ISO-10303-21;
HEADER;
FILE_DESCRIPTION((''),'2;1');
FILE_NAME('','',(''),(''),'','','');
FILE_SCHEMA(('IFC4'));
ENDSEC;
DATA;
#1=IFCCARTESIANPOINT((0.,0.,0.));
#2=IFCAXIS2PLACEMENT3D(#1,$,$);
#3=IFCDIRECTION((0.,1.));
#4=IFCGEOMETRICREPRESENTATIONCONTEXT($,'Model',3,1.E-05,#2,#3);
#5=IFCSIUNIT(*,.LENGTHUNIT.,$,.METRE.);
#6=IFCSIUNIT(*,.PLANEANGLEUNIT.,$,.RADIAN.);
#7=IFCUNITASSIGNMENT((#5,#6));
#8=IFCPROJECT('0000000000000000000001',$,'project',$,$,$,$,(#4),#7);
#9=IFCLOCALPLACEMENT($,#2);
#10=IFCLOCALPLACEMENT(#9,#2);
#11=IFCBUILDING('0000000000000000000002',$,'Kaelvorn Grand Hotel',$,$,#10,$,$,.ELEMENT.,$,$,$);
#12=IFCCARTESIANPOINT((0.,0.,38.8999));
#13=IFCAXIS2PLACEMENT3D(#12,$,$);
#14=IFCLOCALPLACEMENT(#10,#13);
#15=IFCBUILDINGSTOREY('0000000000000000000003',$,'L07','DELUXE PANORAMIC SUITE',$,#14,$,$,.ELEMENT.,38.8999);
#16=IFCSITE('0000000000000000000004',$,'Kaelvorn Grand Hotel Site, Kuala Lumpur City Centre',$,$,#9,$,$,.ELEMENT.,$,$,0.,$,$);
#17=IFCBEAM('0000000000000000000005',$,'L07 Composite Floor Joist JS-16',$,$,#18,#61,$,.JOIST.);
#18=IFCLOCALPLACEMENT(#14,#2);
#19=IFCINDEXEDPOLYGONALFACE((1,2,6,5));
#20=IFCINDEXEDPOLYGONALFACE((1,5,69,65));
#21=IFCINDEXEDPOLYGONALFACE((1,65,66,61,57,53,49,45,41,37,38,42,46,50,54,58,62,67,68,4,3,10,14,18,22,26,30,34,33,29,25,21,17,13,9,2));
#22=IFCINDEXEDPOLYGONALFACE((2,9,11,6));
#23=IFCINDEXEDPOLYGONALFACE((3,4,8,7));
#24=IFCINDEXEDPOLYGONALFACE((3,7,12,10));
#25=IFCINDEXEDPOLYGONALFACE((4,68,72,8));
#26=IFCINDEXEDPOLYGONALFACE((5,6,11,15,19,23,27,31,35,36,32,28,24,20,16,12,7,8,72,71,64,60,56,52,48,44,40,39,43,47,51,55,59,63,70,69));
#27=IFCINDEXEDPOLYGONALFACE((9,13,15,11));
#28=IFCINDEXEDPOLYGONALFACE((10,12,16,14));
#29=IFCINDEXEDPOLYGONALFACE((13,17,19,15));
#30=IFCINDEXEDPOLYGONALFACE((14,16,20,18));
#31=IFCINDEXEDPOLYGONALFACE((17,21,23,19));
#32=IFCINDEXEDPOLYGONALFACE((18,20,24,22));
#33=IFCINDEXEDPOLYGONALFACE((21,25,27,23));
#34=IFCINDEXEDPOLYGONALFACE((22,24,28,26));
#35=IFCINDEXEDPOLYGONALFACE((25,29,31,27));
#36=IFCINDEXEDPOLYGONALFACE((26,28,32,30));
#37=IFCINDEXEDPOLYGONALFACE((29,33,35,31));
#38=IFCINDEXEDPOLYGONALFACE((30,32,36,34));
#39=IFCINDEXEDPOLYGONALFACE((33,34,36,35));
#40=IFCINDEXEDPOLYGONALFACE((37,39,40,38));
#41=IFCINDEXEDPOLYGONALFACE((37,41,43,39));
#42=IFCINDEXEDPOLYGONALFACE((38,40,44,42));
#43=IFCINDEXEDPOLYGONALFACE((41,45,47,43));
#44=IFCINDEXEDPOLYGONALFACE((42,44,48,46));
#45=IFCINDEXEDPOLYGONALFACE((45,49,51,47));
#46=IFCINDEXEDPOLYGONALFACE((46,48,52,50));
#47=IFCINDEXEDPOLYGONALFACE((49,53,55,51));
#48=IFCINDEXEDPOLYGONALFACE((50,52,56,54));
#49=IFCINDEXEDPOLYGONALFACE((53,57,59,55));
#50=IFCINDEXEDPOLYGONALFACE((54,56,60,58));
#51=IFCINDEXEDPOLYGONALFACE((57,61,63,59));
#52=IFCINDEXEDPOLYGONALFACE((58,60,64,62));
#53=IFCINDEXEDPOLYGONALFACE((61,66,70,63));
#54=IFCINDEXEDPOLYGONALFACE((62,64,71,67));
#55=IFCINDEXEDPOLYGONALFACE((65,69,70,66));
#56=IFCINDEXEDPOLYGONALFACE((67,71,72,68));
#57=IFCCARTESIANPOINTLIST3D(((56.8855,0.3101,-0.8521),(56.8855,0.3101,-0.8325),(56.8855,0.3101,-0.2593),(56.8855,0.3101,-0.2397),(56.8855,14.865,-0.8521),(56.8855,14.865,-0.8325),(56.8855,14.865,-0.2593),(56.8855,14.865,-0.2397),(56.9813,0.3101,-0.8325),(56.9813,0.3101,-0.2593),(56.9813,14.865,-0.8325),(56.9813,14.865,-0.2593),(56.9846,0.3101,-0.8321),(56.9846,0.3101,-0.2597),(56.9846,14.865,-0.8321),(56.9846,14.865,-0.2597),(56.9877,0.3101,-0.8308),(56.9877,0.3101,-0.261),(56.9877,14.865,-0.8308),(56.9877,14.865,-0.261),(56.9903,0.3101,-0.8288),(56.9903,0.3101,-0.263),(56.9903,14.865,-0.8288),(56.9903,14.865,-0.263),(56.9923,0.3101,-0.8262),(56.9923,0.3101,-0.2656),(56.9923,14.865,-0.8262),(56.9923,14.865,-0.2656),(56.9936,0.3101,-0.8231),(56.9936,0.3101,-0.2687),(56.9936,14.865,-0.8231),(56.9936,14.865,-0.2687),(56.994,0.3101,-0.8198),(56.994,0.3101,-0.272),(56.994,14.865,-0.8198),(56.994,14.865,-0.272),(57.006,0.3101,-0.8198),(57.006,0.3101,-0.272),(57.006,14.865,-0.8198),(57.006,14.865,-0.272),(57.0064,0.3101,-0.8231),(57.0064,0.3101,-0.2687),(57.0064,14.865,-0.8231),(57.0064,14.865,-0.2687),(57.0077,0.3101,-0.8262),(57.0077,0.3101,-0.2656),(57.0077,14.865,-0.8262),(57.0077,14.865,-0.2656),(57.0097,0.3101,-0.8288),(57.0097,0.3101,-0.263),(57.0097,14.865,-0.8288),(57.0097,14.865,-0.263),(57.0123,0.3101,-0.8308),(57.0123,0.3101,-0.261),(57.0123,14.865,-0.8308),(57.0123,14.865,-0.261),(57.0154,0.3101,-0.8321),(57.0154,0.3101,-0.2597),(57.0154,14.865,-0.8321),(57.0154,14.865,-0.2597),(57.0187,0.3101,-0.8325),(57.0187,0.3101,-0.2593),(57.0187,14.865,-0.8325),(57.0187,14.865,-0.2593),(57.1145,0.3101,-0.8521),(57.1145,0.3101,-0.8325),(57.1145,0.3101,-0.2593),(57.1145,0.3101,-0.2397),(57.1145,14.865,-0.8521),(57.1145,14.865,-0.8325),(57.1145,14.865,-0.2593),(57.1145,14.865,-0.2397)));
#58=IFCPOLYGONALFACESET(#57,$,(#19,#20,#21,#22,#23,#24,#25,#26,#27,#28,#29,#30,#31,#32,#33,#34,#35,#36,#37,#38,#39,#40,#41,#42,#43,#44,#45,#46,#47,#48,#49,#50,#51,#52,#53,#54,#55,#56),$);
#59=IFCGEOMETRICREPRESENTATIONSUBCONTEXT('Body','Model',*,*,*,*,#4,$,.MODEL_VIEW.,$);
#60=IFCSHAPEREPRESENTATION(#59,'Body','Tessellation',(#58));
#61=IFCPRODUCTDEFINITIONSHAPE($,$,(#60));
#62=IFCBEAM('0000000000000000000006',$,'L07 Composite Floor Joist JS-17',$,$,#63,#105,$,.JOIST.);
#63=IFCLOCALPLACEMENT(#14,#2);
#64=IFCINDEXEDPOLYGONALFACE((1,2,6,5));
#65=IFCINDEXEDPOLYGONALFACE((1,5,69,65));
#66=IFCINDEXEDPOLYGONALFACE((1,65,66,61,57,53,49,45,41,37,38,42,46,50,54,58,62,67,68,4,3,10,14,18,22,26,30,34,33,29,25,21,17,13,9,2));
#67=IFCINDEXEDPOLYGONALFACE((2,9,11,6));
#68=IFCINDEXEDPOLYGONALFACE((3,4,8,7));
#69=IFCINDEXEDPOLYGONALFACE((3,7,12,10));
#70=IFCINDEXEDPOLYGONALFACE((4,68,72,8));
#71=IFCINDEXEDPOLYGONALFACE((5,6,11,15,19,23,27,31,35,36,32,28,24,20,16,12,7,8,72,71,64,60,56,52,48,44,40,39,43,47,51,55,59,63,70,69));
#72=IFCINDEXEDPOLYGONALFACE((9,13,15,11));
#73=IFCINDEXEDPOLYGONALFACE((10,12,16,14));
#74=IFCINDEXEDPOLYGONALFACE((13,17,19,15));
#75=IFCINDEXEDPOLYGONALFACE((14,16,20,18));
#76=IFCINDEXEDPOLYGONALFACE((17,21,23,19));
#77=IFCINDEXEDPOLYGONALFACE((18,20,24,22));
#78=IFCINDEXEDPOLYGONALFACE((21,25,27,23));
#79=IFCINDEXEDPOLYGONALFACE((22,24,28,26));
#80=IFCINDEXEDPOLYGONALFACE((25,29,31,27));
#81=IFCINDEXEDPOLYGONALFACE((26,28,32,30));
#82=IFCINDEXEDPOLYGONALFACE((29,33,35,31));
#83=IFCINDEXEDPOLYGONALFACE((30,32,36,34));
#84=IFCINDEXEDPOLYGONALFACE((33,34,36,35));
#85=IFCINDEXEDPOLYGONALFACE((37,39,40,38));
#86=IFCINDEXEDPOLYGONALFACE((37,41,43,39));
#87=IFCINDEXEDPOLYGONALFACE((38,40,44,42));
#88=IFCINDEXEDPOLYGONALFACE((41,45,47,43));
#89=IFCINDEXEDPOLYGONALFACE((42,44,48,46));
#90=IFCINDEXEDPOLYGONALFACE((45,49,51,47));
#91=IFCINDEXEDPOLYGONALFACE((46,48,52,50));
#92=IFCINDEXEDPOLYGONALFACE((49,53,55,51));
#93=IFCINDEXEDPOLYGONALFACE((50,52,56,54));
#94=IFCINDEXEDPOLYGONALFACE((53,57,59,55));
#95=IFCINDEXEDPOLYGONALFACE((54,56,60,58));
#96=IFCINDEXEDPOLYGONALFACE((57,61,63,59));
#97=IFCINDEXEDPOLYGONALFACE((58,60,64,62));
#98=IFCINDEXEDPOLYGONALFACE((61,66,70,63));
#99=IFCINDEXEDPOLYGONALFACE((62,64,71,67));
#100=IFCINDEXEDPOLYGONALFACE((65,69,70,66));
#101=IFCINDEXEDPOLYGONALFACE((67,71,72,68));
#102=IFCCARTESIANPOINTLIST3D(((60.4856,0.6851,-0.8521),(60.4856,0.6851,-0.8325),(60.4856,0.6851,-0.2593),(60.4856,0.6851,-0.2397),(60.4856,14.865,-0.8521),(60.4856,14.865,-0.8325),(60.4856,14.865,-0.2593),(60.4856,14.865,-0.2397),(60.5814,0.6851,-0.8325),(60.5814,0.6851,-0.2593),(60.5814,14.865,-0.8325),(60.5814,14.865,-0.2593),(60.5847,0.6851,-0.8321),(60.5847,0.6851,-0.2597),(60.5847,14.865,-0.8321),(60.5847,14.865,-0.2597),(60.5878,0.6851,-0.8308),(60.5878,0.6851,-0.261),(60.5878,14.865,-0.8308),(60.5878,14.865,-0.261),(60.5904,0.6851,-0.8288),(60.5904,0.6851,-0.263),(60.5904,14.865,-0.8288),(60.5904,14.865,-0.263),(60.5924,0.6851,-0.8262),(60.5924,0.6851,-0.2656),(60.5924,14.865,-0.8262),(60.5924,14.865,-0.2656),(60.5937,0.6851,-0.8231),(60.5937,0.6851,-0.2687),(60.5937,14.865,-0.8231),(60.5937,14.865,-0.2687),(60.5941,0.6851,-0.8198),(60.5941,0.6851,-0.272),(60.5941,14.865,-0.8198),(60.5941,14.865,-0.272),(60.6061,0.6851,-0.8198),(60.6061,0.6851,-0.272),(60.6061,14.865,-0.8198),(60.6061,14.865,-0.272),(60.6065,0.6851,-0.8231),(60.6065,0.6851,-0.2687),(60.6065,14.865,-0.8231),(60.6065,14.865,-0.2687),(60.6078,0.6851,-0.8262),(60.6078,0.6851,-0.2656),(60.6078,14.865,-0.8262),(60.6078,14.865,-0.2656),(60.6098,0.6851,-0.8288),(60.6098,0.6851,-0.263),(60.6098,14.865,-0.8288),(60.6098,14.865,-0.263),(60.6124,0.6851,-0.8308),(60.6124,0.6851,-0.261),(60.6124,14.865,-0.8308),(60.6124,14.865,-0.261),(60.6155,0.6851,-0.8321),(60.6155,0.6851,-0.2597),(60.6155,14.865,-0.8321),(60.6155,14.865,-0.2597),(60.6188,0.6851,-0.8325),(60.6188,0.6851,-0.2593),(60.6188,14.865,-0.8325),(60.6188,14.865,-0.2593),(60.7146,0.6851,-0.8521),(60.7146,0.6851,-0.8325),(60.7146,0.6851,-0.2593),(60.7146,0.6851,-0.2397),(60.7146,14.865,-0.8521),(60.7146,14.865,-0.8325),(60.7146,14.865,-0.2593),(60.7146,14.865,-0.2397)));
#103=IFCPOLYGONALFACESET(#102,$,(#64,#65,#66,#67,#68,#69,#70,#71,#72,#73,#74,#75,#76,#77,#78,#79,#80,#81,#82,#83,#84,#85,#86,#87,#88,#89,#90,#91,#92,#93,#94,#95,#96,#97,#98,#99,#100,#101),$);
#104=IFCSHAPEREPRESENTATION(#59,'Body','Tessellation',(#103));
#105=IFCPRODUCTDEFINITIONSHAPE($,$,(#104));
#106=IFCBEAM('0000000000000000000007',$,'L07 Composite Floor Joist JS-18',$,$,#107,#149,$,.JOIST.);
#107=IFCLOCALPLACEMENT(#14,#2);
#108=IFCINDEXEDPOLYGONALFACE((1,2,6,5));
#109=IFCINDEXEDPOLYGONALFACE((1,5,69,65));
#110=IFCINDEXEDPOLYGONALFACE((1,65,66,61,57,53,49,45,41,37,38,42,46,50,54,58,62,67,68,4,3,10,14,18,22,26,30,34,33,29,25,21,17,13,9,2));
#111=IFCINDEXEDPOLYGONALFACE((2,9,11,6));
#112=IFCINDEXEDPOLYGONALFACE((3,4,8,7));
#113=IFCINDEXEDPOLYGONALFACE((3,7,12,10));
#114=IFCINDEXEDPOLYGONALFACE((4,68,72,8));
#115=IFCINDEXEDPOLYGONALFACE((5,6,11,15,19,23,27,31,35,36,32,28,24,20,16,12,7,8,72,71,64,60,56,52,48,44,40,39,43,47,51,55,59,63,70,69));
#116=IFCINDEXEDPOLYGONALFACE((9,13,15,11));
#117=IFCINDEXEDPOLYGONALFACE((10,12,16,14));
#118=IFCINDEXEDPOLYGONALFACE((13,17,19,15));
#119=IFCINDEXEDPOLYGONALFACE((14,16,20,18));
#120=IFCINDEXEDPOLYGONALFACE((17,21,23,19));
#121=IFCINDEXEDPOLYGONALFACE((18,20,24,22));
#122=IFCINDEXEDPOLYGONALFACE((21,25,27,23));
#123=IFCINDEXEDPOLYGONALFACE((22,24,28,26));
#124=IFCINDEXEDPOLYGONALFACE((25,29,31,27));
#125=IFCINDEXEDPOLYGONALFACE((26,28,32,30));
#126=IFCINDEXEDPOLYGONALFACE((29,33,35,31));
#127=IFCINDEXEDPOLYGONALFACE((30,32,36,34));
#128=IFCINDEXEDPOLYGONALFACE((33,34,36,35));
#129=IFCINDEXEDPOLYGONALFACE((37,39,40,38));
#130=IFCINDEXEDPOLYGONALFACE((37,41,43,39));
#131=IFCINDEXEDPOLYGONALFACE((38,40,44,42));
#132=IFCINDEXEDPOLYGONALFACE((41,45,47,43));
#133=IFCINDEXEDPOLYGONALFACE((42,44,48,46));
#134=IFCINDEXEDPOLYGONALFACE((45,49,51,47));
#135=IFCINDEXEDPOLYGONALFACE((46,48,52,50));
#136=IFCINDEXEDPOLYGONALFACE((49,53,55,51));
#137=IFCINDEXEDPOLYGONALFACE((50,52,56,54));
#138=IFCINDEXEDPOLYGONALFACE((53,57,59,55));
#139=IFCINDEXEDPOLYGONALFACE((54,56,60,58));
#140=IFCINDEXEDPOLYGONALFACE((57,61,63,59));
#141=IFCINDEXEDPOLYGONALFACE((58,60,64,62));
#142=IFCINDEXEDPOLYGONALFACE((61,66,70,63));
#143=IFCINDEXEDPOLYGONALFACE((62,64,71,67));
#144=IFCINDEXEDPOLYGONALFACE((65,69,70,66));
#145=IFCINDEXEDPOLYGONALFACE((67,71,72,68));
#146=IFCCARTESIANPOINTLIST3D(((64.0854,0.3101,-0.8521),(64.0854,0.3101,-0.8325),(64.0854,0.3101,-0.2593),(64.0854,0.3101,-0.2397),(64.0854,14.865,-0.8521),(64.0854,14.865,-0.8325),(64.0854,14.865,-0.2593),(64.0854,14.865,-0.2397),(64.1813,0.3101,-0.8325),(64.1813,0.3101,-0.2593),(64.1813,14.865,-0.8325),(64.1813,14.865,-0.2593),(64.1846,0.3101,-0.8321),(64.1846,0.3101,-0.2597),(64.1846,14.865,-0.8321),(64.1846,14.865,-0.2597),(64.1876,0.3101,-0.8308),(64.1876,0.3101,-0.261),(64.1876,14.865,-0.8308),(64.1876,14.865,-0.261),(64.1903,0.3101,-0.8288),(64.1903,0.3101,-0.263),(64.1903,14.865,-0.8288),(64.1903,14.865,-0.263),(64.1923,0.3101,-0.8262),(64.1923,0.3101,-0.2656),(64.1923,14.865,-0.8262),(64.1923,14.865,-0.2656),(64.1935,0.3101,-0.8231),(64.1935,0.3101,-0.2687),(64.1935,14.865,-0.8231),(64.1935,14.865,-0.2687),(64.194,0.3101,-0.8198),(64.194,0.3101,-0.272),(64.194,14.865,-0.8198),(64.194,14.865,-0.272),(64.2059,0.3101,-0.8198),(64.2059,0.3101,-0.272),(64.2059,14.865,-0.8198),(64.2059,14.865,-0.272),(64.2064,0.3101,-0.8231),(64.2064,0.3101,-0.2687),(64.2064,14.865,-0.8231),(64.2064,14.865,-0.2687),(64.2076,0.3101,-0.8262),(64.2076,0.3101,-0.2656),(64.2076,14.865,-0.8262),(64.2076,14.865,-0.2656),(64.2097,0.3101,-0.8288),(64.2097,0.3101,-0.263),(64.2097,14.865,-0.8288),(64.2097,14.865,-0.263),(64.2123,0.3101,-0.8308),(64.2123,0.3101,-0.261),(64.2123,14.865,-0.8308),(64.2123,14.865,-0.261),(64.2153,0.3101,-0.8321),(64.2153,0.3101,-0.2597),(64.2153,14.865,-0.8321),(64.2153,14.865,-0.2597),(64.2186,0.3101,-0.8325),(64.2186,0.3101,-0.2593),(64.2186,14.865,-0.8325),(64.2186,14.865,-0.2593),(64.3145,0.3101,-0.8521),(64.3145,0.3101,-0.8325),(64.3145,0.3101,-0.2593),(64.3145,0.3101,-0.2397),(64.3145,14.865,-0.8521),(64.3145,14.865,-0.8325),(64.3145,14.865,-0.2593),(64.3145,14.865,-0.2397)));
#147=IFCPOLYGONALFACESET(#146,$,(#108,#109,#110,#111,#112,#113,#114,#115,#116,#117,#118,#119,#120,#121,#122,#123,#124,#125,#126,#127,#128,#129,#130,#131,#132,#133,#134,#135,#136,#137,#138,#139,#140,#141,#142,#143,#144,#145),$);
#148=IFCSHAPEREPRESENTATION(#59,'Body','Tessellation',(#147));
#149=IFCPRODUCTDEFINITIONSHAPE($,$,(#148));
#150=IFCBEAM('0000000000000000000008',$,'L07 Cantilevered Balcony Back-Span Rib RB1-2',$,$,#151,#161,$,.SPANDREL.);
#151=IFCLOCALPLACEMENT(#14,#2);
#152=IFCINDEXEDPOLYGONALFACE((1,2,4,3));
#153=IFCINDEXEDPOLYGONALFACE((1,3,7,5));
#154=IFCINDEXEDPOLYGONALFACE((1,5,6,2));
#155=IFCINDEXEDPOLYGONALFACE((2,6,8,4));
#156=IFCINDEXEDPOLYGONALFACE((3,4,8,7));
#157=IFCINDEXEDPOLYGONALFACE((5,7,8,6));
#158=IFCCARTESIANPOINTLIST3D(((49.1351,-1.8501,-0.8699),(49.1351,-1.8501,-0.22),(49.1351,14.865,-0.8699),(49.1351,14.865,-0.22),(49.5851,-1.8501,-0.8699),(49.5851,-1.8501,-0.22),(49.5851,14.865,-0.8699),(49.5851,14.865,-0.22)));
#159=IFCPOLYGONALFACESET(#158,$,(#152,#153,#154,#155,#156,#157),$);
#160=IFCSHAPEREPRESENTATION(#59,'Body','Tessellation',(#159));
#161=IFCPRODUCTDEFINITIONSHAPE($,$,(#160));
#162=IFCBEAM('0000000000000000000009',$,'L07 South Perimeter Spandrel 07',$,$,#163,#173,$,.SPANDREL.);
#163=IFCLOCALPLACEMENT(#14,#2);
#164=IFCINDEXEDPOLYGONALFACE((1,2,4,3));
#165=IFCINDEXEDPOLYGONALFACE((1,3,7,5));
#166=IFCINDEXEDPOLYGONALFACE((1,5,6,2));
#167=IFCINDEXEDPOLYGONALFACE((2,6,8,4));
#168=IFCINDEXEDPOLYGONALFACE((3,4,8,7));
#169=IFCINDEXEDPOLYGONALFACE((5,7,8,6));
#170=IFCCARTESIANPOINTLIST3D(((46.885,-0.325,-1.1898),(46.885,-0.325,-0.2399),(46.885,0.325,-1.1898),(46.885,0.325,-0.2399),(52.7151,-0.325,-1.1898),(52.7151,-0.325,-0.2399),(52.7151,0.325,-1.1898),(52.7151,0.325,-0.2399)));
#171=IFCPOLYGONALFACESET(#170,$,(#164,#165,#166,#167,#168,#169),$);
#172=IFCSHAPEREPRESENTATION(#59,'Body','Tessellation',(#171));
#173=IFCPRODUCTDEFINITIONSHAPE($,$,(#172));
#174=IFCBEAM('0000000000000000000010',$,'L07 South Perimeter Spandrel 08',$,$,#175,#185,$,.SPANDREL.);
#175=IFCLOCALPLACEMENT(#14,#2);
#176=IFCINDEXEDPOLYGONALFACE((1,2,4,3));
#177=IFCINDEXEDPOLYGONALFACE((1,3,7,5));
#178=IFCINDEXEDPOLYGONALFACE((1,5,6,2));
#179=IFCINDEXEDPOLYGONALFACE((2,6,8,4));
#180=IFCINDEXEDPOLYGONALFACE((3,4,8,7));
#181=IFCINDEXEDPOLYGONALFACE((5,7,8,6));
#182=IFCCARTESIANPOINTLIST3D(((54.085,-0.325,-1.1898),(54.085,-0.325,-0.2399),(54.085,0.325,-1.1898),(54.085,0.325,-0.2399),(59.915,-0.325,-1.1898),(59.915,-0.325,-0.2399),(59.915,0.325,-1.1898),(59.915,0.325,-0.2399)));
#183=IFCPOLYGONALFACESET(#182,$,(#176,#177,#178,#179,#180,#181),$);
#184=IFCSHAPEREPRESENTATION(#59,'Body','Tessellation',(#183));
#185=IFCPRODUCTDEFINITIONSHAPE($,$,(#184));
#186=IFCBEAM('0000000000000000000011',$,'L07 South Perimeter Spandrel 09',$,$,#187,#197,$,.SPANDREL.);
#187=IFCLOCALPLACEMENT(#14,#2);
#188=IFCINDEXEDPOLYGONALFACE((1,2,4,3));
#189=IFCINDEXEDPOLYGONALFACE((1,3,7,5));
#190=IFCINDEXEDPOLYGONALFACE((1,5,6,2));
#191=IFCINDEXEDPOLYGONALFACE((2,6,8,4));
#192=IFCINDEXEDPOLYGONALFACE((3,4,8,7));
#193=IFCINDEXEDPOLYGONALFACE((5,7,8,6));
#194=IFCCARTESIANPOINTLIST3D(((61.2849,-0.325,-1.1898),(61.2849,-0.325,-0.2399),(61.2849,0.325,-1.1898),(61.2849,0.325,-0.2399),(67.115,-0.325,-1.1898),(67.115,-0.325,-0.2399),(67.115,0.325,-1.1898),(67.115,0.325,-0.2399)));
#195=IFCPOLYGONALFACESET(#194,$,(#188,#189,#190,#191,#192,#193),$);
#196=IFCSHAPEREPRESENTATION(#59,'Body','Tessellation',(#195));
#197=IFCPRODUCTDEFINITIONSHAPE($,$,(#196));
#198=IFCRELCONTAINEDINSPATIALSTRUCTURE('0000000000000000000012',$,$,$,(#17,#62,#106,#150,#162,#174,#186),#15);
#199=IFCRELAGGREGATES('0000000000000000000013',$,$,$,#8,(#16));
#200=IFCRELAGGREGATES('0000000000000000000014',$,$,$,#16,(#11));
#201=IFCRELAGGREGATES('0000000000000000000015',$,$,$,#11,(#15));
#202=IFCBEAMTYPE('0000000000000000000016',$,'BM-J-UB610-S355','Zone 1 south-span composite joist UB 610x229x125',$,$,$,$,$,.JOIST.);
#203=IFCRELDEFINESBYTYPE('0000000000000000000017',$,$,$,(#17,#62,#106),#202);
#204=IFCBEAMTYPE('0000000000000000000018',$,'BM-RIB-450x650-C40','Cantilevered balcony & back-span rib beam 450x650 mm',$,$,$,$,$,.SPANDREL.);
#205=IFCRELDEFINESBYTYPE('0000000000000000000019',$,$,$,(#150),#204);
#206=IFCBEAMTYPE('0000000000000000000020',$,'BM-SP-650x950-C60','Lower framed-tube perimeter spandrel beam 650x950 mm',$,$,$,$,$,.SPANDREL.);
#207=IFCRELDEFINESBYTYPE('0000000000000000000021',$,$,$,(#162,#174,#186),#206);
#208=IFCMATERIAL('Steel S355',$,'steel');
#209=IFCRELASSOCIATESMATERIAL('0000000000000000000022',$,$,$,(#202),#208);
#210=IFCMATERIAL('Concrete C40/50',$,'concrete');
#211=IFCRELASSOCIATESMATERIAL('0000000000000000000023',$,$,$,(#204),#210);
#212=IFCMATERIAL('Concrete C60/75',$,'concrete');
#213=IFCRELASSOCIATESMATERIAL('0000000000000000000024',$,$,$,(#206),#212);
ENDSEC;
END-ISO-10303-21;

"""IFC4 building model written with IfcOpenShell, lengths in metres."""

from ifc_helpers import new_model, si_unit, direction, frame, origin, origin_2d, place, context, subcontext, project, spatial, rectangle, i_section, extrude, material, material_profile, profile_set, type_object, element, save


model = new_model("IFC4")

# Units and contexts
model_context = context("Model", 3, precision=1e-05, world=origin(), true_north=direction((0.0, 1.0)))
body_context = subcontext(model_context, "Body", "Model", "MODEL_VIEW")
ifc_project = project(units=[si_unit("LENGTHUNIT", "METRE"), si_unit("PLANEANGLEUNIT", "RADIAN")], contexts=[model_context])

# Site, building, storey
site_placement = place(None, origin())
site = spatial("IfcSite", under=ifc_project, at=site_placement, Name="Kaelvorn Grand Hotel Site, Kuala Lumpur City Centre", CompositionType="ELEMENT", RefElevation=0.0)
building_placement = place(site_placement, origin())
building = spatial("IfcBuilding", under=site, at=building_placement, Name="Kaelvorn Grand Hotel", CompositionType="ELEMENT")
storey_placement = place(building_placement, frame((0.0, 0.0, 38.8999)))
storey = spatial("IfcBuildingStorey", under=building, at=storey_placement, Name="L07", Description="DELUXE PANORAMIC SUITE", CompositionType="ELEMENT", Elevation=38.8999)

# Beams
ifc_material_1 = material(Name="Steel S355", Category="steel")
ifc_material_profile_1 = material_profile(ifc_material_1, i_section(OverallWidth=0.229, OverallDepth=0.6123, WebThickness=0.012, FlangeThickness=0.0195, FilletRadius=0.0127, at=origin_2d()), Name="UB 610x229x125")
ifc_profile_set_1 = profile_set([ifc_material_profile_1], Name="Steel S355")
beam_type_1 = type_object("IfcBeamType", Name="BM-J-UB610-S355", Description="Zone 1 south-span composite joist UB 610x229x125", PredefinedType="JOIST", material=ifc_profile_set_1)
beam_1_placement = place(storey_placement, frame((57.0, 0.3101, -0.5459), z_axis=(0.0, 1.0, 0.0), x_axis=(-1.0, 0.0, 0.0)))
element("IfcBeam", 1, at=beam_1_placement, inside=storey, type_object=beam_type_1, Name="L07 Composite Floor Joist JS-16", PredefinedType="JOIST", context=body_context, shape_type="SweptSolid", body=[
    extrude(i_section(OverallWidth=0.229, OverallDepth=0.6123, WebThickness=0.012, FlangeThickness=0.0195, FilletRadius=0.0127, at=origin_2d()), origin(), (0.0, 0.0, 1.0), 14.5549),
])
beam_2_placement = place(storey_placement, frame((60.6001, 0.6851, -0.5459), z_axis=(0.0, 1.0, 0.0), x_axis=(-1.0, 0.0, 0.0)))
element("IfcBeam", 2, at=beam_2_placement, inside=storey, type_object=beam_type_1, Name="L07 Composite Floor Joist JS-17", PredefinedType="JOIST", context=body_context, shape_type="SweptSolid", body=[
    extrude(i_section(OverallWidth=0.229, OverallDepth=0.6123, WebThickness=0.012, FlangeThickness=0.0195, FilletRadius=0.0127, at=origin_2d()), origin(), (0.0, 0.0, 1.0), 14.1799),
])
beam_3_placement = place(storey_placement, frame((64.2, 0.3101, -0.5459), z_axis=(0.0, 1.0, 0.0), x_axis=(-1.0, 0.0, 0.0)))
element("IfcBeam", 3, at=beam_3_placement, inside=storey, type_object=beam_type_1, Name="L07 Composite Floor Joist JS-18", PredefinedType="JOIST", context=body_context, shape_type="SweptSolid", body=[
    extrude(i_section(OverallWidth=0.229, OverallDepth=0.6123, WebThickness=0.012, FlangeThickness=0.0195, FilletRadius=0.0127, at=origin_2d()), origin(), (0.0, 0.0, 1.0), 14.5549),
])
ifc_material_2 = material(Name="Concrete C40/50", Category="concrete")
ifc_material_profile_2 = material_profile(ifc_material_2, rectangle(XDim=0.45, YDim=0.6499, at=origin_2d()), Name="RC RIB 450x650")
ifc_profile_set_2 = profile_set([ifc_material_profile_2], Name="Concrete C40/50")
beam_type_2 = type_object("IfcBeamType", Name="BM-RIB-450x650-C40", Description="Cantilevered balcony & back-span rib beam 450x650 mm", PredefinedType="SPANDREL", material=ifc_profile_set_2)
beam_4_placement = place(storey_placement, frame((49.3601, -1.8501, -0.5449), z_axis=(0.0, 1.0, 0.0), x_axis=(-1.0, 0.0, 0.0)))
element("IfcBeam", 4, at=beam_4_placement, inside=storey, type_object=beam_type_2, Name="L07 Cantilevered Balcony Back-Span Rib RB1-2", PredefinedType="SPANDREL", context=body_context, shape_type="SweptSolid", body=[
    extrude(rectangle(XDim=0.45, YDim=0.6499, at=origin_2d()), origin(), (0.0, 0.0, 1.0), 16.7151),
])
ifc_material_3 = material(Name="Concrete C60/75", Category="concrete")
ifc_material_profile_3 = material_profile(ifc_material_3, rectangle(XDim=0.6499, YDim=0.95, at=origin_2d()), Name="RC SPANDREL 650x950")
ifc_profile_set_3 = profile_set([ifc_material_profile_3], Name="Concrete C60/75")
beam_type_3 = type_object("IfcBeamType", Name="BM-SP-650x950-C60", Description="Lower framed-tube perimeter spandrel beam 650x950 mm", PredefinedType="SPANDREL", material=ifc_profile_set_3)
for number, where, z_axis, x_axis, name in (
    (5, (46.885, 0.0, -0.7148), (1.0, 0.0, 0.0), (0.0, 1.0, 0.0), "L07 South Perimeter Spandrel 07"),
    (6, (54.085, 0.0, -0.7148), (1.0, 0.0, 0.0), (0.0, 1.0, 0.0), "L07 South Perimeter Spandrel 08"),
    (7, (61.2849, 0.0, -0.7148), (1.0, 0.0, 0.0), (0.0, 1.0, 0.0), "L07 South Perimeter Spandrel 09"),
):
    element("IfcBeam", number, at=place(storey_placement, frame(where, z_axis=z_axis, x_axis=x_axis)), inside=storey, type_object=beam_type_3, Name=name, PredefinedType="SPANDREL", context=body_context, shape_type="SweptSolid", body=[
        extrude(rectangle(XDim=0.6499, YDim=0.95, at=origin_2d()), origin(), (0.0, 0.0, 1.0), 5.8301),
    ])

save(model, "model.ifc")
